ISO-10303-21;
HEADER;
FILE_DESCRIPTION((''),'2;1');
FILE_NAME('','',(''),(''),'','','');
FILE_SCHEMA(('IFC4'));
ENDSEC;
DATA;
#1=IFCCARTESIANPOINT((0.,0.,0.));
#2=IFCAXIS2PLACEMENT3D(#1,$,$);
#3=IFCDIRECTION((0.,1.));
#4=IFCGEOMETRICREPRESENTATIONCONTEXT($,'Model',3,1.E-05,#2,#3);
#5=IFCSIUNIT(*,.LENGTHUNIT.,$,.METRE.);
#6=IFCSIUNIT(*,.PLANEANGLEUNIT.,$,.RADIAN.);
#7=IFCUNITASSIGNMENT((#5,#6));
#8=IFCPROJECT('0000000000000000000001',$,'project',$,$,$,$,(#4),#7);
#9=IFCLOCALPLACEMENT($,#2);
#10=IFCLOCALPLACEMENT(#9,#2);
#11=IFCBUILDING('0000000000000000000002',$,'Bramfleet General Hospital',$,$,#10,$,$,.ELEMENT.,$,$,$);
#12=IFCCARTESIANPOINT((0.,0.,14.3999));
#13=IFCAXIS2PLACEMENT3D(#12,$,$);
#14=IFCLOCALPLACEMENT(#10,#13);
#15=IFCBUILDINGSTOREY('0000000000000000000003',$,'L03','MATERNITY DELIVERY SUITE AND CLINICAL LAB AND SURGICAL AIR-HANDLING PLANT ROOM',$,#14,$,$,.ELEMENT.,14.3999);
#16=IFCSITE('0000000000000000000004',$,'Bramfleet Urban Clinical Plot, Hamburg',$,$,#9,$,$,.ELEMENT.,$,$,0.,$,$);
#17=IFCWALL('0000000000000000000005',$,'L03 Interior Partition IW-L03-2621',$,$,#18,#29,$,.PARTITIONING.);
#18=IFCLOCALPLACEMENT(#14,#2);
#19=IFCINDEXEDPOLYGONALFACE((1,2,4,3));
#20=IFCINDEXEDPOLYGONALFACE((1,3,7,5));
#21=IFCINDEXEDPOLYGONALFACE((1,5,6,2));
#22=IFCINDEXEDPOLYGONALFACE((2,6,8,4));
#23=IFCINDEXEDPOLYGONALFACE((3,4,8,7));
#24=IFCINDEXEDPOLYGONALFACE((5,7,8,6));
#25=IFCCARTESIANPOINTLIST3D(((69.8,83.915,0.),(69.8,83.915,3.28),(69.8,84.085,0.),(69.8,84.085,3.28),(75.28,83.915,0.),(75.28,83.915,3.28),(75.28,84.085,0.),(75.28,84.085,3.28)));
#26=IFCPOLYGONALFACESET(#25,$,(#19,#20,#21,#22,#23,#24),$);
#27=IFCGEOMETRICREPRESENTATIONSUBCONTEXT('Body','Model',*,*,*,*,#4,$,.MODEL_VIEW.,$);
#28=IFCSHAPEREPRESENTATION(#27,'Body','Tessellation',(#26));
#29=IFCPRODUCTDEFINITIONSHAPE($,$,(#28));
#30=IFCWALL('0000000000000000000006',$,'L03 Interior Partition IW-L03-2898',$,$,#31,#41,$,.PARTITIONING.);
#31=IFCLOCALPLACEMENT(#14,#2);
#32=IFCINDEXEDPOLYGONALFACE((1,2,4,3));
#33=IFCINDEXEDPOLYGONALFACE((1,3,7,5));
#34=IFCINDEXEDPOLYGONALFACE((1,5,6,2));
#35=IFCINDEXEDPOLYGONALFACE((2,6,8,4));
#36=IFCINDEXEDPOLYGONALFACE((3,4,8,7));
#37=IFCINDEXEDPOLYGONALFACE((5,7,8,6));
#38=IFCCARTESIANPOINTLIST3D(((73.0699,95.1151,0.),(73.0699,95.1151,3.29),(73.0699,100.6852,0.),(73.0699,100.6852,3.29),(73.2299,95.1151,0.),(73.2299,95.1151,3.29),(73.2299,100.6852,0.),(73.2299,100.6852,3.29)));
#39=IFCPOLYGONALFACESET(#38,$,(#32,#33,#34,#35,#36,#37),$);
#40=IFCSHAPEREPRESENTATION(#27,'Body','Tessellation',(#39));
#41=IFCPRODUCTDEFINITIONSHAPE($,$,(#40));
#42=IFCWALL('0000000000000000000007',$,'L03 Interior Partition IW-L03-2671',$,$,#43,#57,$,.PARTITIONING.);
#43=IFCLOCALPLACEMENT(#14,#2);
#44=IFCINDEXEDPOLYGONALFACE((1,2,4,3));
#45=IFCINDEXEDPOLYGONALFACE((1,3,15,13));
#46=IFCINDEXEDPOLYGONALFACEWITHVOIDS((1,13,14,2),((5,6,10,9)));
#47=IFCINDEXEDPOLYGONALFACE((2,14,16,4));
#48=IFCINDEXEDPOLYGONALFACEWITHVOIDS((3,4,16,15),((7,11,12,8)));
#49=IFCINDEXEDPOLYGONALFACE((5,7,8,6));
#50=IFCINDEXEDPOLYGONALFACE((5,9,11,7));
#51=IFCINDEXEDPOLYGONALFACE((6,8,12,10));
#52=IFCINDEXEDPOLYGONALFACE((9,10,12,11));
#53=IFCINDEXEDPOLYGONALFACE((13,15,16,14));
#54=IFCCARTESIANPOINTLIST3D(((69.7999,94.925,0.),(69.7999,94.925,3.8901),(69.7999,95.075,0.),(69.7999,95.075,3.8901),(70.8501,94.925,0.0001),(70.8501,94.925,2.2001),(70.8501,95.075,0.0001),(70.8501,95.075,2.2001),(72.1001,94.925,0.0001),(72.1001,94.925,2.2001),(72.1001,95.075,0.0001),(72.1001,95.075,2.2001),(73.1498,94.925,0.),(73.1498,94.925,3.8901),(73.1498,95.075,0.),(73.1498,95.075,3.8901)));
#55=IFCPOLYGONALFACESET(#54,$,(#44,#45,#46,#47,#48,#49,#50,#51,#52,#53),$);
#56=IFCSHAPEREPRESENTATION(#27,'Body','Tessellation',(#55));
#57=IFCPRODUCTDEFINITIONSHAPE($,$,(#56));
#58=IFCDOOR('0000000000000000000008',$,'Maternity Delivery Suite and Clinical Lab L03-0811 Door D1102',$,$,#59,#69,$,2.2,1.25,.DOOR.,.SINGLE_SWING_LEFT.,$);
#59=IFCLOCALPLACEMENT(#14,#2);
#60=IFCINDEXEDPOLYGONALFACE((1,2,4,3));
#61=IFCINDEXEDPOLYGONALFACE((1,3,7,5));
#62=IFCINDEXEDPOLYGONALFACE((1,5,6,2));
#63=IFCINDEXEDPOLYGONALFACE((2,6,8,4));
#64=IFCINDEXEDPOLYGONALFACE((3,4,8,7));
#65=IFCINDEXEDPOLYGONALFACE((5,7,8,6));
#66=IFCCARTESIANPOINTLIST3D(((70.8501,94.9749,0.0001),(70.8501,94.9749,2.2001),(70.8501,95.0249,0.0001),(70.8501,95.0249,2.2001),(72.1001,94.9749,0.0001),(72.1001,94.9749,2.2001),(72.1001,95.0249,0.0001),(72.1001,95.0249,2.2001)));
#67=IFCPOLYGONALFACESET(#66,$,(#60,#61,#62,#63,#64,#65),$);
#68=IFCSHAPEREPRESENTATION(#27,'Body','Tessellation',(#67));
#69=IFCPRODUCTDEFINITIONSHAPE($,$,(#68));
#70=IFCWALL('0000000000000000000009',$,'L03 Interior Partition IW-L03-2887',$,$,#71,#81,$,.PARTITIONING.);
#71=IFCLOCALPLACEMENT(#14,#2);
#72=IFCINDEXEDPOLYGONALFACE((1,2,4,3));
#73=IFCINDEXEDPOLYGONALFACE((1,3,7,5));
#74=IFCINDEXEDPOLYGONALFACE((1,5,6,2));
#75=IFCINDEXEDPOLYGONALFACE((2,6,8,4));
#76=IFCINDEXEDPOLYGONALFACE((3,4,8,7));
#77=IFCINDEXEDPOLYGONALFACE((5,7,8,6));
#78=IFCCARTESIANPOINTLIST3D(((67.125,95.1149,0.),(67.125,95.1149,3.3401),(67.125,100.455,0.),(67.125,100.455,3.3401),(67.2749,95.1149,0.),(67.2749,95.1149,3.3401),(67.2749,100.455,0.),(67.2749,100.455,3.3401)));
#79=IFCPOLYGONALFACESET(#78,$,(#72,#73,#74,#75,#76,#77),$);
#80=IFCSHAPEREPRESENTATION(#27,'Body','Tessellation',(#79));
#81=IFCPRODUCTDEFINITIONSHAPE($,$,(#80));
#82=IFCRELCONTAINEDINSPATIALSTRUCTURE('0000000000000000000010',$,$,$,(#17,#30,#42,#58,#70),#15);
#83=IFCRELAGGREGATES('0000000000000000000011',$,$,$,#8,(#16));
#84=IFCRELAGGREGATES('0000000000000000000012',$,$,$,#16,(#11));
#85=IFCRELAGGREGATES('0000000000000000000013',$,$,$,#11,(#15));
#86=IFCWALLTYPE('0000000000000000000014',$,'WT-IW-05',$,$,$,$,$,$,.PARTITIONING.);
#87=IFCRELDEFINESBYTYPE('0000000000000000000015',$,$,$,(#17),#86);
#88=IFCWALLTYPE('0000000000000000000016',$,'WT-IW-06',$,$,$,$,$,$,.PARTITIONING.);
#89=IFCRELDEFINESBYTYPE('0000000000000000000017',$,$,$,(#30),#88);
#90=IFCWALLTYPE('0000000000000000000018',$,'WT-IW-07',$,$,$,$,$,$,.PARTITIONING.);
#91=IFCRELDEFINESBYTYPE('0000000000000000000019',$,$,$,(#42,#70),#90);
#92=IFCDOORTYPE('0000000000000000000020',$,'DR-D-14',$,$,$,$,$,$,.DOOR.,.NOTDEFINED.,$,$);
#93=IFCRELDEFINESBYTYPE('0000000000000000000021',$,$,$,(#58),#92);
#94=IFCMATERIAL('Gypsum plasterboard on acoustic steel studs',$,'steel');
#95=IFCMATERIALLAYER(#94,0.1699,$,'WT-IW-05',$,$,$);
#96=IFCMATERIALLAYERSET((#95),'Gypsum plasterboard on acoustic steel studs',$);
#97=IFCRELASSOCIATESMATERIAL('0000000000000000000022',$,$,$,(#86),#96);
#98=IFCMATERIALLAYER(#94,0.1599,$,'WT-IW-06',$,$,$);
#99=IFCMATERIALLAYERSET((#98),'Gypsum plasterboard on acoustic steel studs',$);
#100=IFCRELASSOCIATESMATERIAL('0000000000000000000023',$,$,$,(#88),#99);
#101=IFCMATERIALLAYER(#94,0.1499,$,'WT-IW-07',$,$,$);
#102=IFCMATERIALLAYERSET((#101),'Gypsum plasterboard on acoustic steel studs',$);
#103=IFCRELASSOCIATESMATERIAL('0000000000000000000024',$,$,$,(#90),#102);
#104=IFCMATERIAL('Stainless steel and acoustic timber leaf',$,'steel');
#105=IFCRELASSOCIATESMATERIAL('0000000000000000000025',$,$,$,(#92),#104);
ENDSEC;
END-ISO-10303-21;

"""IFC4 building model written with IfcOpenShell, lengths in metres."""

from ifc_helpers import new_model, si_unit, direction, frame, frame_2d, origin, place, context, subcontext, project, spatial, rectangle, extrude, material, layer, layer_set, type_object, element, fill, save


model = new_model("IFC4")

# Units and contexts
model_context = context("Model", 3, precision=1e-05, world=origin(), true_north=direction((0.0, 1.0)))
body_context = subcontext(model_context, "Body", "Model", "MODEL_VIEW")
ifc_project = project(units=[si_unit("LENGTHUNIT", "METRE"), si_unit("PLANEANGLEUNIT", "RADIAN")], contexts=[model_context])

# Site, building, storey
site_placement = place(None, origin())
site = spatial("IfcSite", under=ifc_project, at=site_placement, Name="Bramfleet Urban Clinical Plot, Hamburg", CompositionType="ELEMENT", RefElevation=0.0)
building_placement = place(site_placement, origin())
building = spatial("IfcBuilding", under=site, at=building_placement, Name="Bramfleet General Hospital", CompositionType="ELEMENT")
storey_placement = place(building_placement, frame((0.0, 0.0, 14.3999)))
storey = spatial("IfcBuildingStorey", under=building, at=storey_placement, Name="L03", Description="MATERNITY DELIVERY SUITE AND CLINICAL LAB AND SURGICAL AIR-HANDLING PLANT ROOM", CompositionType="ELEMENT", Elevation=14.3999)

# Wall
ifc_material_1 = material(Name="Gypsum plasterboard on acoustic steel studs", Category="steel")
ifc_layer_1 = layer(ifc_material_1, 0.1699, Name="WT-IW-05")
ifc_layer_set_1 = layer_set([ifc_layer_1], Name="Gypsum plasterboard on acoustic steel studs")
wall_type_1 = type_object("IfcWallType", Name="WT-IW-05", PredefinedType="PARTITIONING", material=ifc_layer_set_1)
wall_1_placement = place(storey_placement, frame((69.8, 84.0, 0.0), z_axis=(0.0, 0.0, 1.0), x_axis=(1.0, 0.0, 0.0)))
element("IfcWall", 1, at=wall_1_placement, inside=storey, type_object=wall_type_1, Name="L03 Interior Partition IW-L03-2621", PredefinedType="PARTITIONING", context=body_context, shape_type="SweptSolid", body=[
    extrude(rectangle(XDim=5.48, YDim=0.1699, at=frame_2d((2.74, 0.0))), origin(), (0.0, 0.0, 1.0), 3.28),
])

# Shared definitions
ifc_layer_2 = layer(ifc_material_1, 0.1599, Name="WT-IW-06")
ifc_layer_set_2 = layer_set([ifc_layer_2], Name="Gypsum plasterboard on acoustic steel studs")
wall_type_2 = type_object("IfcWallType", Name="WT-IW-06", PredefinedType="PARTITIONING", material=ifc_layer_set_2)
ifc_material_2 = material(Name="Stainless steel and acoustic timber leaf", Category="steel")

# Wall
wall_2_placement = place(storey_placement, frame((73.1499, 95.115, 0.0), z_axis=(0.0, 0.0, 1.0), x_axis=(0.0, 1.0, 0.0)))
element("IfcWall", 2, at=wall_2_placement, inside=storey, type_object=wall_type_2, Name="L03 Interior Partition IW-L03-2898", PredefinedType="PARTITIONING", context=body_context, shape_type="SweptSolid", body=[
    extrude(rectangle(XDim=5.5701, YDim=0.1599, at=frame_2d((2.7852, 0.0))), origin(), (0.0, 0.0, 1.0), 3.29),
])

# Wall, opening, door
ifc_layer_3 = layer(ifc_material_1, 0.1499, Name="WT-IW-07")
ifc_layer_set_3 = layer_set([ifc_layer_3], Name="Gypsum plasterboard on acoustic steel studs")
wall_type_3 = type_object("IfcWallType", Name="WT-IW-07", PredefinedType="PARTITIONING", material=ifc_layer_set_3)
wall_3_placement = place(storey_placement, frame((69.8, 95.0, 0.0), z_axis=(0.0, 0.0, 1.0), x_axis=(1.0, 0.0, 0.0)))
wall_3 = element("IfcWall", 3, at=wall_3_placement, inside=storey, type_object=wall_type_3, Name="L03 Interior Partition IW-L03-2671", PredefinedType="PARTITIONING", context=body_context, shape_type="SweptSolid", body=[
    extrude(rectangle(XDim=3.3499, YDim=0.1499, at=frame_2d((1.6748, 0.0))), origin(), (0.0, 0.0, 1.0), 3.8901),
])
opening_1_placement = place(wall_3_placement, frame((1.05, 0.0, 0.0)))
opening_1 = element("IfcOpeningElement", 4, at=opening_1_placement, cuts=wall_3, PredefinedType="OPENING", context=body_context, shape_type="SweptSolid", body=[
    extrude(rectangle(XDim=1.25, YDim=2.2, at=frame_2d((0.625, 1.1001))), frame((0.0, 0.085, 0.0), z_axis=(0.0, -1.0, 0.0), x_axis=(1.0, 0.0, 0.0)), (0.0, 0.0, 1.0), 0.1699),
])
door_type_1 = type_object("IfcDoorType", Name="DR-D-14", OperationType="NOTDEFINED", PredefinedType="DOOR", material=ifc_material_2)
door_1_placement = place(opening_1_placement, origin())
door_1 = element("IfcDoor", 5, at=door_1_placement, inside=storey, type_object=door_type_1, Name="Maternity Delivery Suite and Clinical Lab L03-0811 Door D1102", OperationType="SINGLE_SWING_LEFT", OverallHeight=2.2, OverallWidth=1.25, PredefinedType="DOOR", context=body_context, shape_type="SweptSolid", body=[
    extrude(rectangle(XDim=1.25, YDim=2.2, at=frame_2d((0.625, 1.1001))), frame((0.0, 0.0249, 0.0), z_axis=(0.0, -1.0, 0.0), x_axis=(1.0, 0.0, 0.0)), (0.0, 0.0, 1.0), 0.05),
])
fill(opening_1, door_1)

# Wall
wall_4_placement = place(storey_placement, frame((67.2, 95.115, 0.0), z_axis=(0.0, 0.0, 1.0), x_axis=(0.0, 1.0, 0.0)))
element("IfcWall", 6, at=wall_4_placement, inside=storey, type_object=wall_type_3, Name="L03 Interior Partition IW-L03-2887", PredefinedType="PARTITIONING", context=body_context, shape_type="SweptSolid", body=[
    extrude(rectangle(XDim=5.3401, YDim=0.1499, at=frame_2d((2.6699, 0.0))), origin(), (0.0, 0.0, 1.0), 3.3401),
])

save(model, "model.ifc")
